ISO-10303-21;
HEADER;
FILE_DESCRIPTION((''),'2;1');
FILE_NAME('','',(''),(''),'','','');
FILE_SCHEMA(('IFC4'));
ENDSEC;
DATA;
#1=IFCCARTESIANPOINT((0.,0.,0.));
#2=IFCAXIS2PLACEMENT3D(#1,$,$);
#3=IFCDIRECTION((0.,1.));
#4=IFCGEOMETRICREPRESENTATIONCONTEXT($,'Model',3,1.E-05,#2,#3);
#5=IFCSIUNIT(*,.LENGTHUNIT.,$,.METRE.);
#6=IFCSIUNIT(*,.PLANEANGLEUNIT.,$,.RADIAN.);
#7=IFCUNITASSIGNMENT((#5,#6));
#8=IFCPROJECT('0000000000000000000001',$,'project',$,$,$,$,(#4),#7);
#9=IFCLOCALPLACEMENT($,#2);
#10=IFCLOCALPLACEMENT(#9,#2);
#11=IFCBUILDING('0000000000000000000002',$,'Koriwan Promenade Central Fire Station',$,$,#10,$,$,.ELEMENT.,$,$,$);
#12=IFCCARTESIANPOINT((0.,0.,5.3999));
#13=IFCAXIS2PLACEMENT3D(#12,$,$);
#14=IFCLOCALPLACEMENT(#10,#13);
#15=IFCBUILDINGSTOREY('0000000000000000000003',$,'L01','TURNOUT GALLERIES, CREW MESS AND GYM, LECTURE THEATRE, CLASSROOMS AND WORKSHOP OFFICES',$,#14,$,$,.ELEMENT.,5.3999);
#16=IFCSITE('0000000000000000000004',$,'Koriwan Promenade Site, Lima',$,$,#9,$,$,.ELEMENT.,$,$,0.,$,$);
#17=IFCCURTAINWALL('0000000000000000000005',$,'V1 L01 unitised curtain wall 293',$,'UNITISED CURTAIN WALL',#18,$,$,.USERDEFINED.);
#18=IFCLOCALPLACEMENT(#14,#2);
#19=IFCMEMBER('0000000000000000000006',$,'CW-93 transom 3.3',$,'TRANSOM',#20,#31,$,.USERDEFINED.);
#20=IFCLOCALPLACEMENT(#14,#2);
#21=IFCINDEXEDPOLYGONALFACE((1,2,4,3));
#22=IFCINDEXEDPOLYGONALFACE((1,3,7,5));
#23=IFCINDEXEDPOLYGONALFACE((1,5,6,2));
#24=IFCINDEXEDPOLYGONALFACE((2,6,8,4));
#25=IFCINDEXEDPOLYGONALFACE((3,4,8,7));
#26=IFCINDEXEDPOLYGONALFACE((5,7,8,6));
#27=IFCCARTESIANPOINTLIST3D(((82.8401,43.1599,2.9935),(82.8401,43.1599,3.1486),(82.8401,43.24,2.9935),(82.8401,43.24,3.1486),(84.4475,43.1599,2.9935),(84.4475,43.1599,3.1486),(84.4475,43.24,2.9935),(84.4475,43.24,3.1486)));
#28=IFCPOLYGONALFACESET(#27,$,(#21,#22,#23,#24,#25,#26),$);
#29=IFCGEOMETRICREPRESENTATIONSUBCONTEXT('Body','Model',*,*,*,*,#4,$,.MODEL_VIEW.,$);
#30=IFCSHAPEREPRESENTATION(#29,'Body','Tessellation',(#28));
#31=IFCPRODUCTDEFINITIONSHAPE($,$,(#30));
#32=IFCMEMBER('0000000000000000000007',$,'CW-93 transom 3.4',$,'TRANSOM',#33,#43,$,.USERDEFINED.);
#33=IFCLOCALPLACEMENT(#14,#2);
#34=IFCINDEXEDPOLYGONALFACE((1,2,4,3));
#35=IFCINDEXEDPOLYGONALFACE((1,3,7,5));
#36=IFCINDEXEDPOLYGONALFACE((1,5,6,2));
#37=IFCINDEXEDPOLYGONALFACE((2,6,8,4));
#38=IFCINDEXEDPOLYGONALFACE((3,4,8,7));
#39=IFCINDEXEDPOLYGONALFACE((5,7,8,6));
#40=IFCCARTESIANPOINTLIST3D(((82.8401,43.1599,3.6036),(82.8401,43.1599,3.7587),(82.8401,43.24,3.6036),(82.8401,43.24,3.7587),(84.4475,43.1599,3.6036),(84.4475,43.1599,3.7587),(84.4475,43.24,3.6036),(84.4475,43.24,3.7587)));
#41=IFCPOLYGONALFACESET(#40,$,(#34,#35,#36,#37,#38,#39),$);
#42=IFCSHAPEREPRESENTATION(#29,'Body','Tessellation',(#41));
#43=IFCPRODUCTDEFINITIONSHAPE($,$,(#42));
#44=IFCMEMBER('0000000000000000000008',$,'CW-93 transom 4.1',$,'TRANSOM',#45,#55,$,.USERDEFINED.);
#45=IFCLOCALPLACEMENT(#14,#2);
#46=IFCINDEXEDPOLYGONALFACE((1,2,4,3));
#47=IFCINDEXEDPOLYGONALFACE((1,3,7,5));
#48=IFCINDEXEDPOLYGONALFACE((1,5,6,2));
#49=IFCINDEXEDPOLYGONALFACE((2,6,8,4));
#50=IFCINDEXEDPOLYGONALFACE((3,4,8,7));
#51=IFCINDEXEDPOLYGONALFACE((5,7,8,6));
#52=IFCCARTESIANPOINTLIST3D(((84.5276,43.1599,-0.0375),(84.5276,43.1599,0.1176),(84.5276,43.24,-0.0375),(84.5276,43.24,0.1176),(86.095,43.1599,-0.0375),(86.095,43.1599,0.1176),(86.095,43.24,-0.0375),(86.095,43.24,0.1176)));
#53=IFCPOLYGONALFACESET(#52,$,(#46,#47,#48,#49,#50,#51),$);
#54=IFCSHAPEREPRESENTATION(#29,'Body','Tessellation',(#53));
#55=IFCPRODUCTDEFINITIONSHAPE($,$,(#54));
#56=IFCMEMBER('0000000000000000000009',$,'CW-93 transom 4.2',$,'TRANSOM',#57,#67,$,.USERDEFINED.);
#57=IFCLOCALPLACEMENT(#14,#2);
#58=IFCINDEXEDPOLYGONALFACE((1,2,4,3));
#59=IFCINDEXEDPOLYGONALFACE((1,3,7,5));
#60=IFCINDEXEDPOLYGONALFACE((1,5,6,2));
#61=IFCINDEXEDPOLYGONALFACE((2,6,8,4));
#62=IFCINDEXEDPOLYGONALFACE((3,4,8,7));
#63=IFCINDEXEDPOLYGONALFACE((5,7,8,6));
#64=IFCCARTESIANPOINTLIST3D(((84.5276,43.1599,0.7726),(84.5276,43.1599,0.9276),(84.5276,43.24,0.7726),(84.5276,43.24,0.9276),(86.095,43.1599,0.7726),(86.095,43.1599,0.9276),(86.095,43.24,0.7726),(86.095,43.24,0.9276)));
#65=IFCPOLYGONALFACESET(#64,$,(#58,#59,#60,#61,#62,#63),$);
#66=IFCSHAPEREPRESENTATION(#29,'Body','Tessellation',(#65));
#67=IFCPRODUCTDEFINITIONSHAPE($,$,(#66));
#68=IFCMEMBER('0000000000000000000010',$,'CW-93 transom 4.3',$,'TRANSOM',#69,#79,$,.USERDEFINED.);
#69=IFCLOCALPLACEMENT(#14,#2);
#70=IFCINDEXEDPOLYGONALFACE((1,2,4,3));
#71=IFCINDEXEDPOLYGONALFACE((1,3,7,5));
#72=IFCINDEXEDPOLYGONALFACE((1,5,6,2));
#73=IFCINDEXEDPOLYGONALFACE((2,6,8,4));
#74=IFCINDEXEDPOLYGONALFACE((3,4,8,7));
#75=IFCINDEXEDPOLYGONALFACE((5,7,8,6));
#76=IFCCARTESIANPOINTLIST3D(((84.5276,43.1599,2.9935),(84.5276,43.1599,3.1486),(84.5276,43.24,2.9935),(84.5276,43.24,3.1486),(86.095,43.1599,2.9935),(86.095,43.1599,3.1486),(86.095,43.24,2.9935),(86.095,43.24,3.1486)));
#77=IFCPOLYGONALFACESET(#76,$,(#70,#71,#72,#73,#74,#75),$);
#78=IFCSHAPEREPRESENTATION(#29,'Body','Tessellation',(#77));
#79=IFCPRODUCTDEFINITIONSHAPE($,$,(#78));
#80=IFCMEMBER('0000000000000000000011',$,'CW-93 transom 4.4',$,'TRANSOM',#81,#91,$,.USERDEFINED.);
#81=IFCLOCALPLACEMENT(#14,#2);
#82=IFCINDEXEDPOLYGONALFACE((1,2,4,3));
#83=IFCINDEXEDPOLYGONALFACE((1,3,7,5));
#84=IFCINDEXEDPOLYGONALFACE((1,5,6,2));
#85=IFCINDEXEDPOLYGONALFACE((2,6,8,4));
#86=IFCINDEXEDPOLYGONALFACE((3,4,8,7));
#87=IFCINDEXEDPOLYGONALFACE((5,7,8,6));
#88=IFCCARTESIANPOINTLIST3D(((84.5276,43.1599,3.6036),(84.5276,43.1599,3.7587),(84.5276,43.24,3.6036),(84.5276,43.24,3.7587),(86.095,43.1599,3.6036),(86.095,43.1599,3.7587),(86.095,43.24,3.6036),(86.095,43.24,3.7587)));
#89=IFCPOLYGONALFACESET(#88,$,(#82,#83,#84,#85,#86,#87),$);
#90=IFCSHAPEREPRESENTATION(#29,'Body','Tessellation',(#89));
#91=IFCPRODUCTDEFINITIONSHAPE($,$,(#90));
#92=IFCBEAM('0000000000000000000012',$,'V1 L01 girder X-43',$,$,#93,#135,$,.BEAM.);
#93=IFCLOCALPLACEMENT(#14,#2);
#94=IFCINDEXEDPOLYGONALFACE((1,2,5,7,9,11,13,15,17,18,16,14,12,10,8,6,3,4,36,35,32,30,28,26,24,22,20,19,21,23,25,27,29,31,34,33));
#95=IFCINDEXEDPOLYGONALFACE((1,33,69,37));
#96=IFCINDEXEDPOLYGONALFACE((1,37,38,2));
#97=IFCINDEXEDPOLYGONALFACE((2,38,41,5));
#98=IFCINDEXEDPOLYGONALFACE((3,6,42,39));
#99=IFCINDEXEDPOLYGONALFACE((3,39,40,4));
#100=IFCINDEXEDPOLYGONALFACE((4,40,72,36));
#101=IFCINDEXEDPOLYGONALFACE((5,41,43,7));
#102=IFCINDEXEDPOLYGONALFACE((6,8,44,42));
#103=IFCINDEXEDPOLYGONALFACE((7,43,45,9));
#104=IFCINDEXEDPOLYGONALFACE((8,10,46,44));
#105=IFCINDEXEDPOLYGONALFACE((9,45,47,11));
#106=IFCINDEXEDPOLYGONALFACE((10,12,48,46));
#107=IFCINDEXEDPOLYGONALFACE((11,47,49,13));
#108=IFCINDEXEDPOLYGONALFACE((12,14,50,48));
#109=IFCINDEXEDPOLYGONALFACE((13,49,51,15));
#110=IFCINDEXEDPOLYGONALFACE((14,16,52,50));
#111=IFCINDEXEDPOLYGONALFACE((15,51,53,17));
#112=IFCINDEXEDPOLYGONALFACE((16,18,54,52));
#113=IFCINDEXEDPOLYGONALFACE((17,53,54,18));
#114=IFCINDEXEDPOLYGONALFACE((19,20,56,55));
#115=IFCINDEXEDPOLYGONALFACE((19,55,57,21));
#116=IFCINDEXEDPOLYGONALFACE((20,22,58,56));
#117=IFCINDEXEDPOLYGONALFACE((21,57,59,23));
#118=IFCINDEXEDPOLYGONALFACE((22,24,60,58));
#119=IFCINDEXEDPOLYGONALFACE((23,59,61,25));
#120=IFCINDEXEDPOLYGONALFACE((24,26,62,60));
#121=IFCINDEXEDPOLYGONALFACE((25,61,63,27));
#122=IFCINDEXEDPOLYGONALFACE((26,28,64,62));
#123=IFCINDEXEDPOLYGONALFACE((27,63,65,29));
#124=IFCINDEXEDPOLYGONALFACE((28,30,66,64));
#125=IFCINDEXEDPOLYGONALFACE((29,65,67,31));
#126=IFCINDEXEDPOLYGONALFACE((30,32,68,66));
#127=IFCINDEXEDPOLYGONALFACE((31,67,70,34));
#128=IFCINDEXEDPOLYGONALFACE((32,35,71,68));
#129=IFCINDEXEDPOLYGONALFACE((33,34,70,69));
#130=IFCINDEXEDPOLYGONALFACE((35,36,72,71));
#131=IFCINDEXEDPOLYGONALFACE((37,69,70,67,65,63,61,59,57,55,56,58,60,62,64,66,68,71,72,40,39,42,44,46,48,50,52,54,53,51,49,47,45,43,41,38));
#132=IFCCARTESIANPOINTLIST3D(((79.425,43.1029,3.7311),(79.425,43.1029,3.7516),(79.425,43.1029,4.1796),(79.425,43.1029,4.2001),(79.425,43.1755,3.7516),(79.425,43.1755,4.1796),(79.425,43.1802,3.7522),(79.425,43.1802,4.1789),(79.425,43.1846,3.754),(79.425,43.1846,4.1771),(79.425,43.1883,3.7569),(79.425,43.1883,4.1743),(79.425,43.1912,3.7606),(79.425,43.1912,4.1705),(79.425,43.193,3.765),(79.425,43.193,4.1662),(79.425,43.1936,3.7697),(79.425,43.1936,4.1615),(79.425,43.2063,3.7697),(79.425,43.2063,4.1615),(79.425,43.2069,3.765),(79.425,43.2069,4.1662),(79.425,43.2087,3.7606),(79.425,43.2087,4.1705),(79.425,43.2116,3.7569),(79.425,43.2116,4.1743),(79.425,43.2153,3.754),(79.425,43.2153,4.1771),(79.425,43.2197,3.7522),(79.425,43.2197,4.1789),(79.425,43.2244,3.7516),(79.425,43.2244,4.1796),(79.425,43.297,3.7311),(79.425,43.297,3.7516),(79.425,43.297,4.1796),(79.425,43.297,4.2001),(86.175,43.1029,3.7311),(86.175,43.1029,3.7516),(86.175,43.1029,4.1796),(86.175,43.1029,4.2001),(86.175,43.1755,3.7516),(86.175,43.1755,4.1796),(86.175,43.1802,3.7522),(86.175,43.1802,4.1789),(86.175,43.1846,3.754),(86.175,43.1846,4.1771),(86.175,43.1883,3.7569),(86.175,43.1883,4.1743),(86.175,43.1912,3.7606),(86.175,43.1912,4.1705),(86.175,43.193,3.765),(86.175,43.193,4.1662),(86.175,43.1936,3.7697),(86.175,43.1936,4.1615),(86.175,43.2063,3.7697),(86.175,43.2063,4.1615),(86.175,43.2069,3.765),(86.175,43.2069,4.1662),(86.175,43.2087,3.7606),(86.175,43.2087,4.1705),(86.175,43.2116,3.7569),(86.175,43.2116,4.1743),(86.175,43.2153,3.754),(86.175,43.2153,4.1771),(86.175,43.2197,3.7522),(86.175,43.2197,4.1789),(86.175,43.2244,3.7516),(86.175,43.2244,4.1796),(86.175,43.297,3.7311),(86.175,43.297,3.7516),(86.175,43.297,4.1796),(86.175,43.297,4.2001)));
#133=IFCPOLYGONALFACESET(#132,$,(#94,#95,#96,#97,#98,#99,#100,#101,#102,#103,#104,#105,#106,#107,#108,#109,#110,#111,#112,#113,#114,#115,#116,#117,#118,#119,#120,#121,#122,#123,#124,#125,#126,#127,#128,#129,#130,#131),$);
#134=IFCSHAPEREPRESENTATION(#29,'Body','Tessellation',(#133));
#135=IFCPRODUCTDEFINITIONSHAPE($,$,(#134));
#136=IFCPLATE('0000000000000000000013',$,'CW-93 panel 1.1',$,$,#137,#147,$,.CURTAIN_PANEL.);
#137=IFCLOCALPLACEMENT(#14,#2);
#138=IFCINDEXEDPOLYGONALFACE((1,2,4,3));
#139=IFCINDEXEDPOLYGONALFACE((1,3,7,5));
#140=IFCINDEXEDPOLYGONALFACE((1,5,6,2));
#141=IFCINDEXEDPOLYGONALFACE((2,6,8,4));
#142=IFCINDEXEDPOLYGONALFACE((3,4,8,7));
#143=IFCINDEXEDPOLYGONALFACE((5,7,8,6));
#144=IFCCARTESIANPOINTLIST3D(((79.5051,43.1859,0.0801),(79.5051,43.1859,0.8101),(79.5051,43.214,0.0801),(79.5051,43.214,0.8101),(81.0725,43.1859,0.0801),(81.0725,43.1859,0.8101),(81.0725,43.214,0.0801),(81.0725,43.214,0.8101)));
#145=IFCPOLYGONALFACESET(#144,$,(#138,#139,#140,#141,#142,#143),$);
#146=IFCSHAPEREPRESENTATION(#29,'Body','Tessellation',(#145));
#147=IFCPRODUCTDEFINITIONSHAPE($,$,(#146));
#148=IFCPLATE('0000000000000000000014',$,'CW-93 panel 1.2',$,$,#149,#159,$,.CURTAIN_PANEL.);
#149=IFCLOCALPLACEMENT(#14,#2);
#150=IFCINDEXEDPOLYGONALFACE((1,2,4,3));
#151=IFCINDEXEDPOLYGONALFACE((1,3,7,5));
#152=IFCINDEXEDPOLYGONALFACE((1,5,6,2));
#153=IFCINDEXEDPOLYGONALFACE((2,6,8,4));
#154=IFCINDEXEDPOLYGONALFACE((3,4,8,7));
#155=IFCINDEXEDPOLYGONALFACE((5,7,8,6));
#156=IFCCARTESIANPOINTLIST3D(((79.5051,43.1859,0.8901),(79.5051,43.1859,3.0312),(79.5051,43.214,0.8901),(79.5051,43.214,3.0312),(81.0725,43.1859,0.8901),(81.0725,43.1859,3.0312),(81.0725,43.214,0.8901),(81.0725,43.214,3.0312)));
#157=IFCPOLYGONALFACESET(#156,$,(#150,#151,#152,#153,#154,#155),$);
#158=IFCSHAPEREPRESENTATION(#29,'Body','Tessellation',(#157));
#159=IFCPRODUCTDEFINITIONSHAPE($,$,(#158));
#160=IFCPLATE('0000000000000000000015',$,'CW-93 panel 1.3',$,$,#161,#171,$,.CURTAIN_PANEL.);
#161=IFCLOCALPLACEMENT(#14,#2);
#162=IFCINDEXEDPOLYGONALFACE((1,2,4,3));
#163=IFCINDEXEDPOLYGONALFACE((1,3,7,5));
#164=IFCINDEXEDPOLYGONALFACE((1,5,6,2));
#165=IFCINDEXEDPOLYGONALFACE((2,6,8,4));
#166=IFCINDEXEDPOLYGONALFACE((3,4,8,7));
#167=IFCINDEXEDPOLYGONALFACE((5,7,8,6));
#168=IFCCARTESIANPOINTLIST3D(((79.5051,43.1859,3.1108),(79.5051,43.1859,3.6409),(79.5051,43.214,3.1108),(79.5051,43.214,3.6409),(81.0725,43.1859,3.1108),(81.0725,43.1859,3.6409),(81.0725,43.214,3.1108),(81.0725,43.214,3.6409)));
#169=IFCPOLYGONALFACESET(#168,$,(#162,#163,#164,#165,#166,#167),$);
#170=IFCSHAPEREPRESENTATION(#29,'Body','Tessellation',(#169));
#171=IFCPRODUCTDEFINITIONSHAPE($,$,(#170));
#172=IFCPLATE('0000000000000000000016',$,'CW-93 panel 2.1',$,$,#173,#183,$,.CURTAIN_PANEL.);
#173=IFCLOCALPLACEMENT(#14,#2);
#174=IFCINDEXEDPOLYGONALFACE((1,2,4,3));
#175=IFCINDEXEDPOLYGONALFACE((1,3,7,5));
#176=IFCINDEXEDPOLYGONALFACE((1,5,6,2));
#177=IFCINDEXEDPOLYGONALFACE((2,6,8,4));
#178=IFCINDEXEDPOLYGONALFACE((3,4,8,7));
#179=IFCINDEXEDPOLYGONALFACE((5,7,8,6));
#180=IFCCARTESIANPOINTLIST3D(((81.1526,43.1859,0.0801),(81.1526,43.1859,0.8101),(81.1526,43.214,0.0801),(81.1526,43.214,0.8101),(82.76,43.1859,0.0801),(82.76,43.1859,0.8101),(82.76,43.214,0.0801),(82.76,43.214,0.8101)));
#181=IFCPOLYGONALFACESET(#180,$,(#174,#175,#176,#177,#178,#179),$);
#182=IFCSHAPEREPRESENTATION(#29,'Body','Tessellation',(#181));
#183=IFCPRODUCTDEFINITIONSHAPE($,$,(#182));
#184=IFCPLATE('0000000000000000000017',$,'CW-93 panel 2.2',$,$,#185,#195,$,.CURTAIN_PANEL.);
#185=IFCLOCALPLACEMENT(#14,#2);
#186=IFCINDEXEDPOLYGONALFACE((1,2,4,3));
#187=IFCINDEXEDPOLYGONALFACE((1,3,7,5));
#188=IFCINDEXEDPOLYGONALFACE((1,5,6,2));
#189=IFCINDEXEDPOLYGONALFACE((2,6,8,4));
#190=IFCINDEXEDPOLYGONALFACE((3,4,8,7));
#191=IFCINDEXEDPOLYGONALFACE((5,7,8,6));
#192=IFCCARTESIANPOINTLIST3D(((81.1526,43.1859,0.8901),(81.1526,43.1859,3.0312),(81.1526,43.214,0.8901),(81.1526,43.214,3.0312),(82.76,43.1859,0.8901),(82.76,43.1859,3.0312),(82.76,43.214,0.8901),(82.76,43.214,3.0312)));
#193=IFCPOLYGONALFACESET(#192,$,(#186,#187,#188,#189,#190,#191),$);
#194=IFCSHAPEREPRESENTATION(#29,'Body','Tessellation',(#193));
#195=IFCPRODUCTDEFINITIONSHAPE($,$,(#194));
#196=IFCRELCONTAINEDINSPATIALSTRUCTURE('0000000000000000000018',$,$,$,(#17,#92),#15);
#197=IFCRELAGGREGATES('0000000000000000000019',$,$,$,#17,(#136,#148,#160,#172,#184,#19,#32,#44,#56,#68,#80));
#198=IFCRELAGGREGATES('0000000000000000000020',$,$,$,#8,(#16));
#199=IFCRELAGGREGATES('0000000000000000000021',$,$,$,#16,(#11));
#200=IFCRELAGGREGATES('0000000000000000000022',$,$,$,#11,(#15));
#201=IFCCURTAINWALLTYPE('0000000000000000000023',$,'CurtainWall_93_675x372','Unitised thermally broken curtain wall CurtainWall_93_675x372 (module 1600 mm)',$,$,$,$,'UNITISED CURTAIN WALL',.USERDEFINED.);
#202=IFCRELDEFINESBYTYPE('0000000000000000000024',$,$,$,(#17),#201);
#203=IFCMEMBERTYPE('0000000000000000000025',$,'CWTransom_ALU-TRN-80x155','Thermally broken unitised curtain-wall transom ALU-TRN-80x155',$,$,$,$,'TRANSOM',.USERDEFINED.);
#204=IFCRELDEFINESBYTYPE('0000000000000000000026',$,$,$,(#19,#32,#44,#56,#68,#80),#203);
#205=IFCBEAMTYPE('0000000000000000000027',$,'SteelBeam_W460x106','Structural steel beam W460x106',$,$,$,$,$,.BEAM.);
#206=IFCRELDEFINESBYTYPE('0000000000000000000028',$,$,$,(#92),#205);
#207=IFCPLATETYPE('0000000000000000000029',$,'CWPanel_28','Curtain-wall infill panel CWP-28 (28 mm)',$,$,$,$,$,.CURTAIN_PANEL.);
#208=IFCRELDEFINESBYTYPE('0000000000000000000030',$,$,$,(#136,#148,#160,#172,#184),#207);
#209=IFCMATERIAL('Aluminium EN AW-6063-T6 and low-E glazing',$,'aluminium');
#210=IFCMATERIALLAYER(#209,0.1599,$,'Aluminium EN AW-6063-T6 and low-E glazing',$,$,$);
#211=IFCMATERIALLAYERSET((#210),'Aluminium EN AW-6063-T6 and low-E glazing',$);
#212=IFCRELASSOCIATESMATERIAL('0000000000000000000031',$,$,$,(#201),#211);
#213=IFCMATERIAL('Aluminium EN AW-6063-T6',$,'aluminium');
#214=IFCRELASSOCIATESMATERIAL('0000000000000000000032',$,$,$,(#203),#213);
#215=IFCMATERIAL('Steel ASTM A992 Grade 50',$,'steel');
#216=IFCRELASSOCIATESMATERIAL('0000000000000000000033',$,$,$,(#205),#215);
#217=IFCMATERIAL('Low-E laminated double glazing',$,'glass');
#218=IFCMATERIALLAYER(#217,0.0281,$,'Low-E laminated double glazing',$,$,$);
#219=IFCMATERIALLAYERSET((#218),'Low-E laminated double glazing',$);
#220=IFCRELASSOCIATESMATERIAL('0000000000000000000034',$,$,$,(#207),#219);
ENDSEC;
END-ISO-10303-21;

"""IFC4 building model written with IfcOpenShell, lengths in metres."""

from ifc_helpers import new_model, si_unit, direction, frame, origin, origin_2d, place, context, subcontext, project, spatial, rectangle, i_section, extrude, material, layer, layer_set, material_profile, profile_set, type_object, element, aggregate, save


model = new_model("IFC4")

# Units and contexts
model_context = context("Model", 3, precision=1e-05, world=origin(), true_north=direction((0.0, 1.0)))
body_context = subcontext(model_context, "Body", "Model", "MODEL_VIEW")
ifc_project = project(units=[si_unit("LENGTHUNIT", "METRE"), si_unit("PLANEANGLEUNIT", "RADIAN")], contexts=[model_context])

# Site, building, storey
site_placement = place(None, origin())
site = spatial("IfcSite", under=ifc_project, at=site_placement, Name="Koriwan Promenade Site, Lima", CompositionType="ELEMENT", RefElevation=0.0)
building_placement = place(site_placement, origin())
building = spatial("IfcBuilding", under=site, at=building_placement, Name="Koriwan Promenade Central Fire Station", CompositionType="ELEMENT")
storey_placement = place(building_placement, frame((0.0, 0.0, 5.3999)))
storey = spatial("IfcBuildingStorey", under=building, at=storey_placement, Name="L01", Description="TURNOUT GALLERIES, CREW MESS AND GYM, LECTURE THEATRE, CLASSROOMS AND WORKSHOP OFFICES", CompositionType="ELEMENT", Elevation=5.3999)

# Curtain wall, members
ifc_material_1 = material(Name="Aluminium EN AW-6063-T6 and low-E glazing", Category="aluminium")
ifc_layer_1 = layer(ifc_material_1, 0.1599, Name="Aluminium EN AW-6063-T6 and low-E glazing")
ifc_layer_set_1 = layer_set([ifc_layer_1], Name="Aluminium EN AW-6063-T6 and low-E glazing")
curtain_wall_type = type_object("IfcCurtainWallType", Name="CurtainWall_93_675x372", Description="Unitised thermally broken curtain wall CurtainWall_93_675x372 (module 1600 mm)", ElementType="UNITISED CURTAIN WALL", PredefinedType="USERDEFINED", material=ifc_layer_set_1)
curtain_wall_placement = place(storey_placement, origin())
curtain_wall = element("IfcCurtainWall", 1, at=curtain_wall_placement, inside=storey, type_object=curtain_wall_type, Name="V1 L01 unitised curtain wall 293", ObjectType="UNITISED CURTAIN WALL", PredefinedType="USERDEFINED")
ifc_material_2 = material(Name="Aluminium EN AW-6063-T6", Category="aluminium")
ifc_material_profile_1 = material_profile(ifc_material_2, rectangle(XDim=0.0801, YDim=0.155, at=origin_2d()), Name="ALU-TRN-80x155")
ifc_profile_set_1 = profile_set([ifc_material_profile_1], Name="Aluminium EN AW-6063-T6")
member_type_1 = type_object("IfcMemberType", Name="CWTransom_ALU-TRN-80x155", Description="Thermally broken unitised curtain-wall transom ALU-TRN-80x155", ElementType="TRANSOM", PredefinedType="USERDEFINED", material=ifc_profile_set_1)
member_1_placement = place(storey_placement, frame((82.8401, 43.2, 3.071), z_axis=(1.0, 0.0, 0.0), x_axis=(0.0, 1.0, 0.0)))
member_1 = element("IfcMember", 2, at=member_1_placement, type_object=member_type_1, Name="CW-93 transom 3.3", ObjectType="TRANSOM", PredefinedType="USERDEFINED", context=body_context, shape_type="SweptSolid", body=[
    extrude(rectangle(XDim=0.0801, YDim=0.155, at=origin_2d()), origin(), (0.0, 0.0, 1.0), 1.6074),
])
member_2_placement = place(storey_placement, frame((82.8401, 43.2, 3.6812), z_axis=(1.0, 0.0, 0.0), x_axis=(0.0, 1.0, 0.0)))
member_2 = element("IfcMember", 3, at=member_2_placement, type_object=member_type_1, Name="CW-93 transom 3.4", ObjectType="TRANSOM", PredefinedType="USERDEFINED", context=body_context, shape_type="SweptSolid", body=[
    extrude(rectangle(XDim=0.0801, YDim=0.155, at=origin_2d()), origin(), (0.0, 0.0, 1.0), 1.6074),
])
member_3_placement = place(storey_placement, frame((84.5276, 43.2, 0.04), z_axis=(1.0, 0.0, 0.0), x_axis=(0.0, 1.0, 0.0)))
member_3 = element("IfcMember", 4, at=member_3_placement, type_object=member_type_1, Name="CW-93 transom 4.1", ObjectType="TRANSOM", PredefinedType="USERDEFINED", context=body_context, shape_type="SweptSolid", body=[
    extrude(rectangle(XDim=0.0801, YDim=0.155, at=origin_2d()), origin(), (0.0, 0.0, 1.0), 1.5674),
])
member_4_placement = place(storey_placement, frame((84.5276, 43.2, 0.8501), z_axis=(1.0, 0.0, 0.0), x_axis=(0.0, 1.0, 0.0)))
member_4 = element("IfcMember", 5, at=member_4_placement, type_object=member_type_1, Name="CW-93 transom 4.2", ObjectType="TRANSOM", PredefinedType="USERDEFINED", context=body_context, shape_type="SweptSolid", body=[
    extrude(rectangle(XDim=0.0801, YDim=0.155, at=origin_2d()), origin(), (0.0, 0.0, 1.0), 1.5674),
])
member_5_placement = place(storey_placement, frame((84.5276, 43.2, 3.071), z_axis=(1.0, 0.0, 0.0), x_axis=(0.0, 1.0, 0.0)))
member_5 = element("IfcMember", 6, at=member_5_placement, type_object=member_type_1, Name="CW-93 transom 4.3", ObjectType="TRANSOM", PredefinedType="USERDEFINED", context=body_context, shape_type="SweptSolid", body=[
    extrude(rectangle(XDim=0.0801, YDim=0.155, at=origin_2d()), origin(), (0.0, 0.0, 1.0), 1.5674),
])
member_6_placement = place(storey_placement, frame((84.5276, 43.2, 3.6812), z_axis=(1.0, 0.0, 0.0), x_axis=(0.0, 1.0, 0.0)))
member_6 = element("IfcMember", 7, at=member_6_placement, type_object=member_type_1, Name="CW-93 transom 4.4", ObjectType="TRANSOM", PredefinedType="USERDEFINED", context=body_context, shape_type="SweptSolid", body=[
    extrude(rectangle(XDim=0.0801, YDim=0.155, at=origin_2d()), origin(), (0.0, 0.0, 1.0), 1.5674),
])

# Beam
ifc_material_3 = material(Name="Steel ASTM A992 Grade 50", Category="steel")
ifc_material_profile_2 = material_profile(ifc_material_3, i_section(OverallWidth=0.1941, OverallDepth=0.469, WebThickness=0.0127, FlangeThickness=0.0205, FilletRadius=0.0181, at=origin_2d()), Name="W460x106")
ifc_profile_set_2 = profile_set([ifc_material_profile_2], Name="Steel ASTM A992 Grade 50")
beam_type = type_object("IfcBeamType", Name="SteelBeam_W460x106", Description="Structural steel beam W460x106", PredefinedType="BEAM", material=ifc_profile_set_2)
beam_placement = place(storey_placement, frame((79.425, 43.2, 3.9656), z_axis=(1.0, 0.0, 0.0), x_axis=(0.0, 1.0, 0.0)))
element("IfcBeam", 8, at=beam_placement, inside=storey, type_object=beam_type, Name="V1 L01 girder X-43", PredefinedType="BEAM", context=body_context, shape_type="SweptSolid", body=[
    extrude(i_section(OverallWidth=0.1941, OverallDepth=0.469, WebThickness=0.0127, FlangeThickness=0.0205, FilletRadius=0.0181, at=origin_2d()), origin(), (0.0, 0.0, 1.0), 6.75),
])

# Plates
ifc_material_4 = material(Name="Low-E laminated double glazing", Category="glass")
ifc_layer_2 = layer(ifc_material_4, 0.0281, Name="Low-E laminated double glazing")
ifc_layer_set_2 = layer_set([ifc_layer_2], Name="Low-E laminated double glazing")
plate_type = type_object("IfcPlateType", Name="CWPanel_28", Description="Curtain-wall infill panel CWP-28 (28 mm)", PredefinedType="CURTAIN_PANEL", material=ifc_layer_set_2)
plate_1_placement = place(storey_placement, frame((80.2888, 43.2, 0.0801), z_axis=(0.0, 0.0, 1.0), x_axis=(1.0, 0.0, 0.0)))
plate_1 = element("IfcPlate", 9, at=plate_1_placement, type_object=plate_type, Name="CW-93 panel 1.1", PredefinedType="CURTAIN_PANEL", context=body_context, shape_type="SweptSolid", body=[
    extrude(rectangle(XDim=1.5674, YDim=0.0281, at=origin_2d()), origin(), (0.0, 0.0, 1.0), 0.73),
])
plate_2_placement = place(storey_placement, frame((80.2888, 43.2, 0.8901), z_axis=(0.0, 0.0, 1.0), x_axis=(1.0, 0.0, 0.0)))
plate_2 = element("IfcPlate", 10, at=plate_2_placement, type_object=plate_type, Name="CW-93 panel 1.2", PredefinedType="CURTAIN_PANEL", context=body_context, shape_type="SweptSolid", body=[
    extrude(rectangle(XDim=1.5674, YDim=0.0281, at=origin_2d()), origin(), (0.0, 0.0, 1.0), 2.1411),
])
plate_3_placement = place(storey_placement, frame((80.2888, 43.2, 3.1108), z_axis=(0.0, 0.0, 1.0), x_axis=(1.0, 0.0, 0.0)))
plate_3 = element("IfcPlate", 11, at=plate_3_placement, type_object=plate_type, Name="CW-93 panel 1.3", PredefinedType="CURTAIN_PANEL", context=body_context, shape_type="SweptSolid", body=[
    extrude(rectangle(XDim=1.5674, YDim=0.0281, at=origin_2d()), origin(), (0.0, 0.0, 1.0), 0.53),
])
plate_4_placement = place(storey_placement, frame((81.9563, 43.2, 0.0801), z_axis=(0.0, 0.0, 1.0), x_axis=(1.0, 0.0, 0.0)))
plate_4 = element("IfcPlate", 12, at=plate_4_placement, type_object=plate_type, Name="CW-93 panel 2.1", PredefinedType="CURTAIN_PANEL", context=body_context, shape_type="SweptSolid", body=[
    extrude(rectangle(XDim=1.6074, YDim=0.0281, at=origin_2d()), origin(), (0.0, 0.0, 1.0), 0.73),
])
plate_5_placement = place(storey_placement, frame((81.9563, 43.2, 0.8901), z_axis=(0.0, 0.0, 1.0), x_axis=(1.0, 0.0, 0.0)))
plate_5 = element("IfcPlate", 13, at=plate_5_placement, type_object=plate_type, Name="CW-93 panel 2.2", PredefinedType="CURTAIN_PANEL", context=body_context, shape_type="SweptSolid", body=[
    extrude(rectangle(XDim=1.6074, YDim=0.0281, at=origin_2d()), origin(), (0.0, 0.0, 1.0), 2.1411),
])
aggregate(curtain_wall, [plate_1, plate_2, plate_3, plate_4, plate_5, member_1, member_2, member_3, member_4, member_5, member_6])

save(model, "model.ifc")
